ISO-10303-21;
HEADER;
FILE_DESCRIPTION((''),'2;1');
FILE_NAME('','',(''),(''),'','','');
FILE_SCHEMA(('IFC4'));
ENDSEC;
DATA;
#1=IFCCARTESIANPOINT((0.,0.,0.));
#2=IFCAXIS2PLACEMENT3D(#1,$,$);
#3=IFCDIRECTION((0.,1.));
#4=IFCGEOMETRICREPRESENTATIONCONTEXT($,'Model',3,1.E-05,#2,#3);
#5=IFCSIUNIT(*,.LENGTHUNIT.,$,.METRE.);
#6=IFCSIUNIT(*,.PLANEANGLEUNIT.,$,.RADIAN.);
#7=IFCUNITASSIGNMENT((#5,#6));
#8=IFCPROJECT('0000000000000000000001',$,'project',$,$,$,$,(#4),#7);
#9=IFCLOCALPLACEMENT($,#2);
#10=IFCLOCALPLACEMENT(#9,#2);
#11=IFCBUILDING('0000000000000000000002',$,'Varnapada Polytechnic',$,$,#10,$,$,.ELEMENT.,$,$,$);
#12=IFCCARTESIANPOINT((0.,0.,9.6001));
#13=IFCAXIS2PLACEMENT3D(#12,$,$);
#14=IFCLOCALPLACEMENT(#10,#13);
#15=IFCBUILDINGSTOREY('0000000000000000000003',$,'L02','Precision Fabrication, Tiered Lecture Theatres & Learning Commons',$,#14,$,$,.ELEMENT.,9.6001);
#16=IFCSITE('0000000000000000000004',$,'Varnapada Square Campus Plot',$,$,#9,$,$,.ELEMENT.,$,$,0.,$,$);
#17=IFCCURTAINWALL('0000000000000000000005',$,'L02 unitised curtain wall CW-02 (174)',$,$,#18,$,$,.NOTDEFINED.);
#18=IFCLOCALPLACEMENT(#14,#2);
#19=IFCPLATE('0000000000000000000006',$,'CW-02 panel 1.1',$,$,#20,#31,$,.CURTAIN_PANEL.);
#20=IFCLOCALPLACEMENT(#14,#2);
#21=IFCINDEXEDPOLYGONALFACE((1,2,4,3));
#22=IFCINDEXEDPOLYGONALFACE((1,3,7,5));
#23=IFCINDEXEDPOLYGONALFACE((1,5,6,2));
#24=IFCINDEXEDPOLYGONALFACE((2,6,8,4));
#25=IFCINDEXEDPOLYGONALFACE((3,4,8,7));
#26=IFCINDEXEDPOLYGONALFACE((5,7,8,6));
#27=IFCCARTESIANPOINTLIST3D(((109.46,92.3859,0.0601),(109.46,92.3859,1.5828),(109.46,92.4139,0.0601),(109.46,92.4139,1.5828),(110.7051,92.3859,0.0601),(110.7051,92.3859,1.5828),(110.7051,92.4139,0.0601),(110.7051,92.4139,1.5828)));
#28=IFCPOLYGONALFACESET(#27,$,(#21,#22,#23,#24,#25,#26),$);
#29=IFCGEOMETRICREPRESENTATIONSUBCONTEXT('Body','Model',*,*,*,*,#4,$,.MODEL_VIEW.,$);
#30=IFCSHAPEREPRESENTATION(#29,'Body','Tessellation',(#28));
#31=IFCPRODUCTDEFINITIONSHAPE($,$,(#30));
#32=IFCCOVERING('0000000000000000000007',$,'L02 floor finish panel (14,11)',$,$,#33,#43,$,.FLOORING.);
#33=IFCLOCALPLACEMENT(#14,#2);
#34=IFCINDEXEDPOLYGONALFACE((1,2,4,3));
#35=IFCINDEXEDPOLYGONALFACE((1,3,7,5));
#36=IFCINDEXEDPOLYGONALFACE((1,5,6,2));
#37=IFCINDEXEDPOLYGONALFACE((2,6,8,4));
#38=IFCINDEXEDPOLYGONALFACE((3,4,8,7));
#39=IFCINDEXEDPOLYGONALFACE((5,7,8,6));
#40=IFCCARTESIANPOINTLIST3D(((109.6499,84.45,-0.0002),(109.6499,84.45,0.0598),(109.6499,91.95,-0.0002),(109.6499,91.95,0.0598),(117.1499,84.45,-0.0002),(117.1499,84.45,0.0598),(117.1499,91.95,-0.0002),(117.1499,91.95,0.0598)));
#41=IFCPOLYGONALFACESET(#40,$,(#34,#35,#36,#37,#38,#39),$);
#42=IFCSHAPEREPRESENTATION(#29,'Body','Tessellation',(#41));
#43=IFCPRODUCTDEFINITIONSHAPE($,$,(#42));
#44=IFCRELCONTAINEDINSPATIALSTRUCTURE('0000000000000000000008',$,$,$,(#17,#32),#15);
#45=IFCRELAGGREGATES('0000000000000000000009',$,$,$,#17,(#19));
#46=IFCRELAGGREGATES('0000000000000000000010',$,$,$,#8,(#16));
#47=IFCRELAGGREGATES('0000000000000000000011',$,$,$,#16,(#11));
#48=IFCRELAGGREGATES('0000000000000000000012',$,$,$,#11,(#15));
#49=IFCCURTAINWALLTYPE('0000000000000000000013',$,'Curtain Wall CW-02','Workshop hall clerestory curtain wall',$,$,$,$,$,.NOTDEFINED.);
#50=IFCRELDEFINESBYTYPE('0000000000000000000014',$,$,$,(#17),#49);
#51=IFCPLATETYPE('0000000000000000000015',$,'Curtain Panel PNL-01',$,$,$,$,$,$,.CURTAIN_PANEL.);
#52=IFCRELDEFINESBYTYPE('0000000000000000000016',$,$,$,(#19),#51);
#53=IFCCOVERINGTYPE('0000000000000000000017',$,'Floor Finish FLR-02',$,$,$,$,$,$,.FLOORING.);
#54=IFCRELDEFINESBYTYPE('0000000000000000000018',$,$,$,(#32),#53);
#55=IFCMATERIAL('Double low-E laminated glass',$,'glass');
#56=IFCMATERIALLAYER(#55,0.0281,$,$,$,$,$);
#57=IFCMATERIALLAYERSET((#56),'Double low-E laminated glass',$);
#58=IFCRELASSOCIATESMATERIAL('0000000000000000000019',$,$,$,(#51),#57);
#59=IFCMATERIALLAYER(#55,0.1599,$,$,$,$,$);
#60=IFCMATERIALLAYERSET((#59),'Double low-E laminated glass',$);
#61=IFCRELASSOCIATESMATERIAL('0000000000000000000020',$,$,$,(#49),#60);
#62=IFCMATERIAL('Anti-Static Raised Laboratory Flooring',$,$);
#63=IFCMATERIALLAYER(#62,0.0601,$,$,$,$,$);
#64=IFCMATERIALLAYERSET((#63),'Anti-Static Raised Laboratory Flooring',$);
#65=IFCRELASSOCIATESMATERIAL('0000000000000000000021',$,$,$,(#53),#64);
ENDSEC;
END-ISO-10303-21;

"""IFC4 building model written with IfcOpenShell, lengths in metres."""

from ifc_helpers import new_model, si_unit, direction, frame, origin, origin_2d, place, context, subcontext, project, spatial, rectangle, extrude, material, layer, layer_set, type_object, element, aggregate, save


model = new_model("IFC4")

# Units and contexts
model_context = context("Model", 3, precision=1e-05, world=origin(), true_north=direction((0.0, 1.0)))
body_context = subcontext(model_context, "Body", "Model", "MODEL_VIEW")
ifc_project = project(units=[si_unit("LENGTHUNIT", "METRE"), si_unit("PLANEANGLEUNIT", "RADIAN")], contexts=[model_context])

# Site, building, storey
site_placement = place(None, origin())
site = spatial("IfcSite", under=ifc_project, at=site_placement, Name="Varnapada Square Campus Plot", CompositionType="ELEMENT", RefElevation=0.0)
building_placement = place(site_placement, origin())
building = spatial("IfcBuilding", under=site, at=building_placement, Name="Varnapada Polytechnic", CompositionType="ELEMENT")
storey_placement = place(building_placement, frame((0.0, 0.0, 9.6001)))
storey = spatial("IfcBuildingStorey", under=building, at=storey_placement, Name="L02", Description="Precision Fabrication, Tiered Lecture Theatres & Learning Commons", CompositionType="ELEMENT", Elevation=9.6001)

# Shared definitions
ifc_material_1 = material(Name="Double low-E laminated glass", Category="glass")

# Shared definitions
ifc_layer_1 = layer(ifc_material_1, 0.0281)
ifc_layer_set_1 = layer_set([ifc_layer_1], Name="Double low-E laminated glass")
plate_type = type_object("IfcPlateType", Name="Curtain Panel PNL-01", PredefinedType="CURTAIN_PANEL", material=ifc_layer_set_1)

# Curtain wall, plate
ifc_layer_2 = layer(ifc_material_1, 0.1599)
ifc_layer_set_2 = layer_set([ifc_layer_2], Name="Double low-E laminated glass")
curtain_wall_type_1 = type_object("IfcCurtainWallType", Name="Curtain Wall CW-02", Description="Workshop hall clerestory curtain wall", PredefinedType="NOTDEFINED", material=ifc_layer_set_2)
curtain_wall_1_placement = place(storey_placement, origin())
curtain_wall_1 = element("IfcCurtainWall", 1, at=curtain_wall_1_placement, inside=storey, type_object=curtain_wall_type_1, Name="L02 unitised curtain wall CW-02 (174)", PredefinedType="NOTDEFINED")
plate_1_placement = place(storey_placement, frame((110.0825, 92.3999, 0.0601), z_axis=(0.0, 0.0, 1.0), x_axis=(1.0, 0.0, 0.0)))
plate_1 = element("IfcPlate", 2, at=plate_1_placement, type_object=plate_type, Name="CW-02 panel 1.1", PredefinedType="CURTAIN_PANEL", context=body_context, shape_type="SweptSolid", body=[
    extrude(rectangle(XDim=1.2451, YDim=0.0281, at=origin_2d()), origin(), (0.0, 0.0, 1.0), 1.5227),
])
aggregate(curtain_wall_1, [plate_1])

# Covering
ifc_material_2 = material(Name="Anti-Static Raised Laboratory Flooring")
ifc_layer_3 = layer(ifc_material_2, 0.0601)
ifc_layer_set_3 = layer_set([ifc_layer_3], Name="Anti-Static Raised Laboratory Flooring")
covering_type = type_object("IfcCoveringType", Name="Floor Finish FLR-02", PredefinedType="FLOORING", material=ifc_layer_set_3)
covering_placement = place(storey_placement, frame((113.3999, 88.2, -0.0002), z_axis=(0.0, 0.0, 1.0), x_axis=(1.0, 0.0, 0.0)))
element("IfcCovering", 3, at=covering_placement, inside=storey, type_object=covering_type, Name="L02 floor finish panel (14,11)", PredefinedType="FLOORING", context=body_context, shape_type="SweptSolid", body=[
    extrude(rectangle(XDim=7.5, YDim=7.5, at=origin_2d()), origin(), (0.0, 0.0, 1.0), 0.0601),
])

save(model, "model.ifc")
